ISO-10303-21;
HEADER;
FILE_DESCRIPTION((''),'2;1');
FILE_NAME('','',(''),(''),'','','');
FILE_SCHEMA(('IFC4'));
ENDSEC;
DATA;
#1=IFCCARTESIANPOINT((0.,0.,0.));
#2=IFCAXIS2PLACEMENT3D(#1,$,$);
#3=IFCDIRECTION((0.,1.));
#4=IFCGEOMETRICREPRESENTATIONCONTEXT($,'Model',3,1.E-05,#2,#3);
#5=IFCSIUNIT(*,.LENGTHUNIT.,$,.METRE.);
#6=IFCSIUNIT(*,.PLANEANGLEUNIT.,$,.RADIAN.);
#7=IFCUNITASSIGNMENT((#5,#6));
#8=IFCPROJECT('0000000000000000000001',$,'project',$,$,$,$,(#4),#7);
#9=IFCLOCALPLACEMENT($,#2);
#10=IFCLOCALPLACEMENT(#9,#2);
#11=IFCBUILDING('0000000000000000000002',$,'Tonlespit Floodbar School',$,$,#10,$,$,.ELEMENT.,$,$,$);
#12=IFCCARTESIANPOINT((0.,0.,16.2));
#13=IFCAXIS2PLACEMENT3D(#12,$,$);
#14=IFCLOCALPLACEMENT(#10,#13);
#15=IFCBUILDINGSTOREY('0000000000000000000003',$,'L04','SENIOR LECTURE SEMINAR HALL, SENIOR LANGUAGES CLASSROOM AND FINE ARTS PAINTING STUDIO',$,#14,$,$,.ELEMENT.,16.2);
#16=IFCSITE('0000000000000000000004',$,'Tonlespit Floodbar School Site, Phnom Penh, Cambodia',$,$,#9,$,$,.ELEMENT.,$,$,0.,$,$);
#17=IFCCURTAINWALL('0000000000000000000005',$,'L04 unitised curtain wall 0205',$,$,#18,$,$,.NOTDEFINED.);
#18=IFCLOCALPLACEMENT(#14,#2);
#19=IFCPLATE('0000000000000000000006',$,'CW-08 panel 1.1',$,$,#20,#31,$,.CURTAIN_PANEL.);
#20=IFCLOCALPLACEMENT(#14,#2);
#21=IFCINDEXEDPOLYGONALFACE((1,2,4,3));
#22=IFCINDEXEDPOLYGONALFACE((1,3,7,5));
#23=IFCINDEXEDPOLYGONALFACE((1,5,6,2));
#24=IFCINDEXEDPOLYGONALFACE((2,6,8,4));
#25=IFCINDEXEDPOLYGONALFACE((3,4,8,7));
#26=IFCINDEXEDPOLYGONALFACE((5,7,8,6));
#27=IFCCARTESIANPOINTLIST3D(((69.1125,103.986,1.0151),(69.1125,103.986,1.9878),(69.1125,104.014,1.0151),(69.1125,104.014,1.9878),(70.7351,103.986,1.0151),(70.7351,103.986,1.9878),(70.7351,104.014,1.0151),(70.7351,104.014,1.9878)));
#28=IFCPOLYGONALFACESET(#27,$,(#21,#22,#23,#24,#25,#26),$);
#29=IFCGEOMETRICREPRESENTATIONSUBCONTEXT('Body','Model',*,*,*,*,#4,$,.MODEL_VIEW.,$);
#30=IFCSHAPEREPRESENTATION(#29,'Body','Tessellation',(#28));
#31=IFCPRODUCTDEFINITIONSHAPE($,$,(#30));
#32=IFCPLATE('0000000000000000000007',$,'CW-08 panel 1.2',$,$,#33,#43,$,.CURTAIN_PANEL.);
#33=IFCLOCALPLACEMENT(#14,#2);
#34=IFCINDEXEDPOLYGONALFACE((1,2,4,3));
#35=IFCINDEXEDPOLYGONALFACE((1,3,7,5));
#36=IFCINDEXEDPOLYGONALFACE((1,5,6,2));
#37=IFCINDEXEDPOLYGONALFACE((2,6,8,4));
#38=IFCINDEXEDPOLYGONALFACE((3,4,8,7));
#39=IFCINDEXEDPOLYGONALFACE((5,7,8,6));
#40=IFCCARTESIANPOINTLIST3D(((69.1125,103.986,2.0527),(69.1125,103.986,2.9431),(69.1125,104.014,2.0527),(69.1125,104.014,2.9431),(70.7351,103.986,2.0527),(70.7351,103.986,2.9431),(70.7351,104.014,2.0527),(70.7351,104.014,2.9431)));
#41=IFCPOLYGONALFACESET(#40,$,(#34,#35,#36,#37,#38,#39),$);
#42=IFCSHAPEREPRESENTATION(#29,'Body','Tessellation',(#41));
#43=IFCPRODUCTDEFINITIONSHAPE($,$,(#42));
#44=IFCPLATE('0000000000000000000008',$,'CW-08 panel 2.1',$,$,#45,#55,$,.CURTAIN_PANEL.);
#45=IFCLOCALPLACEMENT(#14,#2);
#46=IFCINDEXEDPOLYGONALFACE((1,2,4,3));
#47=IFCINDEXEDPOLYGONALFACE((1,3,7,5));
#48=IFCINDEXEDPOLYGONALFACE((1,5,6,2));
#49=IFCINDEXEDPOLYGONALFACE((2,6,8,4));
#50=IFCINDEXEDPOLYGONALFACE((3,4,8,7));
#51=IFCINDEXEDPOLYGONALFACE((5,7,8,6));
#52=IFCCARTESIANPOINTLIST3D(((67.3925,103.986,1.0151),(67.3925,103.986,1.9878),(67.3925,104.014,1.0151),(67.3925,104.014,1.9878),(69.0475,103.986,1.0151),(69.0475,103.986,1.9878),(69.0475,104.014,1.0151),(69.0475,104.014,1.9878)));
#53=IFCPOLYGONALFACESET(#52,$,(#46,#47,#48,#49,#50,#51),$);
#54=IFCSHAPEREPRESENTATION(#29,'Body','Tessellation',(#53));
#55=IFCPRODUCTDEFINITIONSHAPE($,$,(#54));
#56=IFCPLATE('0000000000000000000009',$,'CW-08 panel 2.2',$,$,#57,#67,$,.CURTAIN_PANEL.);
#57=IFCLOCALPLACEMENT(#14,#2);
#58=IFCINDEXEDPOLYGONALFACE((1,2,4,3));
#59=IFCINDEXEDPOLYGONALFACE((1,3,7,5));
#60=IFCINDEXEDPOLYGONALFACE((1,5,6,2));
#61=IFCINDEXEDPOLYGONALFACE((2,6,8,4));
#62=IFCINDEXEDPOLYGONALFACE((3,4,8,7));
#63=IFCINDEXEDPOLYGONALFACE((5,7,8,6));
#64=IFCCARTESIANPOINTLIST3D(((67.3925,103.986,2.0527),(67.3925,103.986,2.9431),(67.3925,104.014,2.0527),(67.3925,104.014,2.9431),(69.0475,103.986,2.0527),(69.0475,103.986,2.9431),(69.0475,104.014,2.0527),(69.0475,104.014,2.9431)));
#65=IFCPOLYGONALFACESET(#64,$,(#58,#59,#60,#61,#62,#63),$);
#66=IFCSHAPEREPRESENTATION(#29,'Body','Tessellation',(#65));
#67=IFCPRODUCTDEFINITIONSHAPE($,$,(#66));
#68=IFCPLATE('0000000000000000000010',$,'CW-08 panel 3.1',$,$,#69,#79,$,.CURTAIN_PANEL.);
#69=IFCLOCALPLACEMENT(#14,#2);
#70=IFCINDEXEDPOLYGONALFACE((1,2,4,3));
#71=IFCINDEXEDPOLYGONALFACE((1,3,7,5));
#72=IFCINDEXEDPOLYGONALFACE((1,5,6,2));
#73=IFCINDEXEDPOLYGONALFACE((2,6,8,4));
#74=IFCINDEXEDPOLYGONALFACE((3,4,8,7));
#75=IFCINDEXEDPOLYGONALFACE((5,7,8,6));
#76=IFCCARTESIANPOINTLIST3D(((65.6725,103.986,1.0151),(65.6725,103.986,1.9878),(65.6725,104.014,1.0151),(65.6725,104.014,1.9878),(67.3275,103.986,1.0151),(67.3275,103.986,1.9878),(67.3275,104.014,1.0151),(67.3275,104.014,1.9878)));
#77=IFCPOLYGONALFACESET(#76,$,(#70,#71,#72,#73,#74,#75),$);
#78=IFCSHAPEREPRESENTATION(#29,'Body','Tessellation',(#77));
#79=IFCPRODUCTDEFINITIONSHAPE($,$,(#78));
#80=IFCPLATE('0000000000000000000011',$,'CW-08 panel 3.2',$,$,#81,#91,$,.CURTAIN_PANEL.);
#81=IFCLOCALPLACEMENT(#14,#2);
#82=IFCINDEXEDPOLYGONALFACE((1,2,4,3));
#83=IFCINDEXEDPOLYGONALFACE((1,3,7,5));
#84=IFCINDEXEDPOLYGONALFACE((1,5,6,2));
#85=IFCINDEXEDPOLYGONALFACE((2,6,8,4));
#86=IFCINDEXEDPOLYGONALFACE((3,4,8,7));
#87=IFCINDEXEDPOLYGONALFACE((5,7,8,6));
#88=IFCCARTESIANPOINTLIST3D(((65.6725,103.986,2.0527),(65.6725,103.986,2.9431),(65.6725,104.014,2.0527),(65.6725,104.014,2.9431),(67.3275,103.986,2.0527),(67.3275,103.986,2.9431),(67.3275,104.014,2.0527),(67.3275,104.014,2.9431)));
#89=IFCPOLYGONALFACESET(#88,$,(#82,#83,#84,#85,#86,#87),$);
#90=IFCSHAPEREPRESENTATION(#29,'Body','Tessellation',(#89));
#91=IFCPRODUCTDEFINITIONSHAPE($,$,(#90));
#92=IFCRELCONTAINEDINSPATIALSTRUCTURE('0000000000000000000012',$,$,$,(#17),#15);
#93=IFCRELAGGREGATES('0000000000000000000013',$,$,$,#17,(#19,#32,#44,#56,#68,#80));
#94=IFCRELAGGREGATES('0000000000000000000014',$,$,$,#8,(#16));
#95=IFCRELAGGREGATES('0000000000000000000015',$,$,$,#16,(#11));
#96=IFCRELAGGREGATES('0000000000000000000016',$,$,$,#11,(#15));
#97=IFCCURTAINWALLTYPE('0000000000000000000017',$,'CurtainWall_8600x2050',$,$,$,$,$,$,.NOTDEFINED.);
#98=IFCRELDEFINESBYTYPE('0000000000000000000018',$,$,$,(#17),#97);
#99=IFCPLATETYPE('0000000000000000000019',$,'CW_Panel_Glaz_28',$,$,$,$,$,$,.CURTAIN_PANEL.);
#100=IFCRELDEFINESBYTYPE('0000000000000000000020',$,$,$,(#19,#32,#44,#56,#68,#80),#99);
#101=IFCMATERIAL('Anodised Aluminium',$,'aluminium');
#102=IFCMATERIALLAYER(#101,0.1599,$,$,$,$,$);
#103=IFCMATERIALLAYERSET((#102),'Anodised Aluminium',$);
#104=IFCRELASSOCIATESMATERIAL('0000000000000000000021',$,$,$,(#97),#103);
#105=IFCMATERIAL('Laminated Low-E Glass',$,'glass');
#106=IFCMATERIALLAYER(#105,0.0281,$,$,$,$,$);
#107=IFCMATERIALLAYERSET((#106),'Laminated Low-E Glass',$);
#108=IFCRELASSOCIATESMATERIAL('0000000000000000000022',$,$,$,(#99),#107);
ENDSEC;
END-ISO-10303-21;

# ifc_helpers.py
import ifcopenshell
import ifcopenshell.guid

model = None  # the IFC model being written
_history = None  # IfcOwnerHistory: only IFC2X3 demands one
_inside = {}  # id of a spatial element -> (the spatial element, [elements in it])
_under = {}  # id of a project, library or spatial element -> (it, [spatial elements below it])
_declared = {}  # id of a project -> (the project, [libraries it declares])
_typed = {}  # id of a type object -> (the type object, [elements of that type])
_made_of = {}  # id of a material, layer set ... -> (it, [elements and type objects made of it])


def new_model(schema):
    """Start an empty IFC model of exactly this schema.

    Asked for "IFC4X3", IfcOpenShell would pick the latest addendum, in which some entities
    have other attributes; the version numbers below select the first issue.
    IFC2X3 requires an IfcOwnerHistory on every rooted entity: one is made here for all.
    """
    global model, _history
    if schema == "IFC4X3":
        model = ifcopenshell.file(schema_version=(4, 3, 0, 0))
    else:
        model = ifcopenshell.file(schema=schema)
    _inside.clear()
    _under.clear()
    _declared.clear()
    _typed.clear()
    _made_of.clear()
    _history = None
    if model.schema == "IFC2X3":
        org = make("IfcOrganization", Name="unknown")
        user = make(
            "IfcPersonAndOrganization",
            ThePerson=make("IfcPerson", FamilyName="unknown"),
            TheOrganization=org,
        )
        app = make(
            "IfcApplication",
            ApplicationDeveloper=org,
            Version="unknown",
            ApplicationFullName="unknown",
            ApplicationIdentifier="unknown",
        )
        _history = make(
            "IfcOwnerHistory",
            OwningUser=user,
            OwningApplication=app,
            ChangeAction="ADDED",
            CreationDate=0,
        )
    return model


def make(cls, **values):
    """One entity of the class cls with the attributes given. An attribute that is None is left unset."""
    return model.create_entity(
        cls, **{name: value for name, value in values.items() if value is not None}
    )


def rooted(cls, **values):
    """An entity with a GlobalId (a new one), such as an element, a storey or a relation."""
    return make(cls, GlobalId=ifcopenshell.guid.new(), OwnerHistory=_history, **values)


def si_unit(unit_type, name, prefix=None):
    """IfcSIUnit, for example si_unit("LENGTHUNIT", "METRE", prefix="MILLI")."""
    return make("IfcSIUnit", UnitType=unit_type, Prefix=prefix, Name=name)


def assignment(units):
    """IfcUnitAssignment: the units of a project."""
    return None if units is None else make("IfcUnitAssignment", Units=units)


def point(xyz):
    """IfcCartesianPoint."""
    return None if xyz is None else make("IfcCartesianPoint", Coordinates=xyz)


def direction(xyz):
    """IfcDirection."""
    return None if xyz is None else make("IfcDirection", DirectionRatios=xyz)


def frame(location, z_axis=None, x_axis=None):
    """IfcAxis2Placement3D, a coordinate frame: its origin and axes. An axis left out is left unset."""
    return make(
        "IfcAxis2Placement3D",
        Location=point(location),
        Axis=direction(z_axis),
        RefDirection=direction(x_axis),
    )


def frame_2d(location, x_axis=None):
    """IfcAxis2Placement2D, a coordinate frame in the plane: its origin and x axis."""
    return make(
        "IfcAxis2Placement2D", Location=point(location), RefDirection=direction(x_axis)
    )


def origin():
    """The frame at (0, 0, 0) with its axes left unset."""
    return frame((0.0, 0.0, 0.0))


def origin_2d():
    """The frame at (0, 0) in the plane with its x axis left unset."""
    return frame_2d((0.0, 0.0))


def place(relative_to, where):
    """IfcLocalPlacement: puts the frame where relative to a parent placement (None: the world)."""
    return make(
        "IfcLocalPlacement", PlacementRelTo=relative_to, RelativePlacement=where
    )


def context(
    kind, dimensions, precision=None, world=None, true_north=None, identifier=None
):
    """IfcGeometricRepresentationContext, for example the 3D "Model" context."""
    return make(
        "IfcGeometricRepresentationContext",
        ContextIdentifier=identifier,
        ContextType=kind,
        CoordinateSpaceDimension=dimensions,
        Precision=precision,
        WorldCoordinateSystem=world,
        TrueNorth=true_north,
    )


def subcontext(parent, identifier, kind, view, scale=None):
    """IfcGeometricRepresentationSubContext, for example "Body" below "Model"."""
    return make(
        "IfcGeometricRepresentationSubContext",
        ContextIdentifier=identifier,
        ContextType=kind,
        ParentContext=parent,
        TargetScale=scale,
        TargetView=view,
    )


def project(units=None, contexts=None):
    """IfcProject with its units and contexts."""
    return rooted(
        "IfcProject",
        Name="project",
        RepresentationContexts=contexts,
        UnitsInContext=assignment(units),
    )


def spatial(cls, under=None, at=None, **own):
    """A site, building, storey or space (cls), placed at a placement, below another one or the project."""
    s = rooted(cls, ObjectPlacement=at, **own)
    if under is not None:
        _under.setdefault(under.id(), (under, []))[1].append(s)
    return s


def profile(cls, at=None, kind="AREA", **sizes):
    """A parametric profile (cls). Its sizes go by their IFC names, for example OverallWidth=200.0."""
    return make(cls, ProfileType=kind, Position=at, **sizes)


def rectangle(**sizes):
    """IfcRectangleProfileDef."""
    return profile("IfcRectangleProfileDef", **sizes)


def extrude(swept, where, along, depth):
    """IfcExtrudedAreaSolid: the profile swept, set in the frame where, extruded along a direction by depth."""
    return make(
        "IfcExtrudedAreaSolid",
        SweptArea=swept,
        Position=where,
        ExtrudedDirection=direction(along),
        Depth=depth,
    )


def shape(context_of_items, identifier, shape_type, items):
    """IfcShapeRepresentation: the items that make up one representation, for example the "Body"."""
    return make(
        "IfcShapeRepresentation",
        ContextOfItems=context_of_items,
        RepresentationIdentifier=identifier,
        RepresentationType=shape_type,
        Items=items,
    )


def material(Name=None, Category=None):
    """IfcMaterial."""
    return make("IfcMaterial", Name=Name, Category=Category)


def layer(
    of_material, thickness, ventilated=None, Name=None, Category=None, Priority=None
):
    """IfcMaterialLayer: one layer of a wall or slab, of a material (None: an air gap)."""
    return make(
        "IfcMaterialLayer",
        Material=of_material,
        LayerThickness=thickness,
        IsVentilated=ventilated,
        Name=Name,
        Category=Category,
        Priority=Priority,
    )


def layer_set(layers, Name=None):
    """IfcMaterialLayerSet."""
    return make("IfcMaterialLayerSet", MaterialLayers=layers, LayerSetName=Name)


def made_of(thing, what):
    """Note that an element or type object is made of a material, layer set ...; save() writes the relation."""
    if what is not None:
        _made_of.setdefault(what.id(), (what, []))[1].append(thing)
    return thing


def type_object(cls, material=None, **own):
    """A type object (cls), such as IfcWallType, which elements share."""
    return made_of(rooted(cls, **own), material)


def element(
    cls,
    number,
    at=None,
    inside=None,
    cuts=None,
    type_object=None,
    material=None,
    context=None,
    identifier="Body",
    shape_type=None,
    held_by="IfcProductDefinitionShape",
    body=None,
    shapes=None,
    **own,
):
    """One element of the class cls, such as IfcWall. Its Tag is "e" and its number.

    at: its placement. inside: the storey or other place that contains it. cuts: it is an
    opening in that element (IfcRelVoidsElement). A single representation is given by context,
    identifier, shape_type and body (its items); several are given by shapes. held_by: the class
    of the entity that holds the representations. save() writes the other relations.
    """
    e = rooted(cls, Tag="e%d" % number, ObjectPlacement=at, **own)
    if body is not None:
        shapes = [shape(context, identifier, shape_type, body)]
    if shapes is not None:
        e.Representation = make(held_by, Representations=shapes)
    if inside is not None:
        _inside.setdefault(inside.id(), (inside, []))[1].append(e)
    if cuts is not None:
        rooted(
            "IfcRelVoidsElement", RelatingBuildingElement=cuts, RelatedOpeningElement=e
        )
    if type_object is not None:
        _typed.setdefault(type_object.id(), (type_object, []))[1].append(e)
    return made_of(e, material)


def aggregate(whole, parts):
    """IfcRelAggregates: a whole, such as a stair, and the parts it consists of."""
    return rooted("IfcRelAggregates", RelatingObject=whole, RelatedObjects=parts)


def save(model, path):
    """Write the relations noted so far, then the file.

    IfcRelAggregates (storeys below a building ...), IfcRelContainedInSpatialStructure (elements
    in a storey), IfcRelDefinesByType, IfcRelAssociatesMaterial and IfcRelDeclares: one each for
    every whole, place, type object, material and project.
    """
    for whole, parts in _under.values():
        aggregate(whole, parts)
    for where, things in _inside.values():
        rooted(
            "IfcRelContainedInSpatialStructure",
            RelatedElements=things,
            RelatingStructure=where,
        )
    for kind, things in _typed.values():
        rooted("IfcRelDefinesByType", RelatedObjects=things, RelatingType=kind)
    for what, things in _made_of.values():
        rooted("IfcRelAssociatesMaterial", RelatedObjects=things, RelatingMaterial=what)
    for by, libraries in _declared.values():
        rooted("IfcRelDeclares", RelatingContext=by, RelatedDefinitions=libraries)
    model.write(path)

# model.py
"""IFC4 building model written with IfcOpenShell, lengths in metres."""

from ifc_helpers import new_model, si_unit, direction, frame, origin, origin_2d, place, context, subcontext, project, spatial, rectangle, extrude, material, layer, layer_set, type_object, element, aggregate, save


model = new_model("IFC4")

# Units and contexts
model_context = context("Model", 3, precision=1e-05, world=origin(), true_north=direction((0.0, 1.0)))
body_context = subcontext(model_context, "Body", "Model", "MODEL_VIEW")
ifc_project = project(units=[si_unit("LENGTHUNIT", "METRE"), si_unit("PLANEANGLEUNIT", "RADIAN")], contexts=[model_context])

# Site, building, storey
site_placement = place(None, origin())
site = spatial("IfcSite", under=ifc_project, at=site_placement, Name="Tonlespit Floodbar School Site, Phnom Penh, Cambodia", CompositionType="ELEMENT", RefElevation=0.0)
building_placement = place(site_placement, origin())
building = spatial("IfcBuilding", under=site, at=building_placement, Name="Tonlespit Floodbar School", CompositionType="ELEMENT")
storey_placement = place(building_placement, frame((0.0, 0.0, 16.2)))
storey = spatial("IfcBuildingStorey", under=building, at=storey_placement, Name="L04", Description="SENIOR LECTURE SEMINAR HALL, SENIOR LANGUAGES CLASSROOM AND FINE ARTS PAINTING STUDIO", CompositionType="ELEMENT", Elevation=16.2)

# Curtain wall, plates
ifc_material_1 = material(Name="Anodised Aluminium", Category="aluminium")
ifc_layer_1 = layer(ifc_material_1, 0.1599)
ifc_layer_set_1 = layer_set([ifc_layer_1], Name="Anodised Aluminium")
curtain_wall_type = type_object("IfcCurtainWallType", Name="CurtainWall_8600x2050", PredefinedType="NOTDEFINED", material=ifc_layer_set_1)
curtain_wall_placement = place(storey_placement, origin())
curtain_wall = element("IfcCurtainWall", 1, at=curtain_wall_placement, inside=storey, type_object=curtain_wall_type, Name="L04 unitised curtain wall 0205", PredefinedType="NOTDEFINED")
ifc_material_2 = material(Name="Laminated Low-E Glass", Category="glass")
ifc_layer_2 = layer(ifc_material_2, 0.0281)
ifc_layer_set_2 = layer_set([ifc_layer_2], Name="Laminated Low-E Glass")
plate_type = type_object("IfcPlateType", Name="CW_Panel_Glaz_28", PredefinedType="CURTAIN_PANEL", material=ifc_layer_set_2)
plate_1_placement = place(storey_placement, frame((69.9238, 104.0, 1.0151), z_axis=(0.0, 0.0, 1.0), x_axis=(-1.0, 0.0, 0.0)))
plate_1 = element("IfcPlate", 2, at=plate_1_placement, type_object=plate_type, Name="CW-08 panel 1.1", PredefinedType="CURTAIN_PANEL", context=body_context, shape_type="SweptSolid", body=[
    extrude(rectangle(XDim=1.6226, YDim=0.0281, at=origin_2d()), origin(), (0.0, 0.0, 1.0), 0.9727),
])
plate_2_placement = place(storey_placement, frame((69.9238, 104.0, 2.0527), z_axis=(0.0, 0.0, 1.0), x_axis=(-1.0, 0.0, 0.0)))
plate_2 = element("IfcPlate", 3, at=plate_2_placement, type_object=plate_type, Name="CW-08 panel 1.2", PredefinedType="CURTAIN_PANEL", context=body_context, shape_type="SweptSolid", body=[
    extrude(rectangle(XDim=1.6226, YDim=0.0281, at=origin_2d()), origin(), (0.0, 0.0, 1.0), 0.8904),
])
plate_3_placement = place(storey_placement, frame((68.22, 104.0, 1.0151), z_axis=(0.0, 0.0, 1.0), x_axis=(-1.0, 0.0, 0.0)))
plate_3 = element("IfcPlate", 4, at=plate_3_placement, type_object=plate_type, Name="CW-08 panel 2.1", PredefinedType="CURTAIN_PANEL", context=body_context, shape_type="SweptSolid", body=[
    extrude(rectangle(XDim=1.655, YDim=0.0281, at=origin_2d()), origin(), (0.0, 0.0, 1.0), 0.9727),
])
plate_4_placement = place(storey_placement, frame((68.22, 104.0, 2.0527), z_axis=(0.0, 0.0, 1.0), x_axis=(-1.0, 0.0, 0.0)))
plate_4 = element("IfcPlate", 5, at=plate_4_placement, type_object=plate_type, Name="CW-08 panel 2.2", PredefinedType="CURTAIN_PANEL", context=body_context, shape_type="SweptSolid", body=[
    extrude(rectangle(XDim=1.655, YDim=0.0281, at=origin_2d()), origin(), (0.0, 0.0, 1.0), 0.8904),
])
plate_5_placement = place(storey_placement, frame((66.5, 104.0, 1.0151), z_axis=(0.0, 0.0, 1.0), x_axis=(-1.0, 0.0, 0.0)))
plate_5 = element("IfcPlate", 6, at=plate_5_placement, type_object=plate_type, Name="CW-08 panel 3.1", PredefinedType="CURTAIN_PANEL", context=body_context, shape_type="SweptSolid", body=[
    extrude(rectangle(XDim=1.655, YDim=0.0281, at=origin_2d()), origin(), (0.0, 0.0, 1.0), 0.9727),
])
plate_6_placement = place(storey_placement, frame((66.5, 104.0, 2.0527), z_axis=(0.0, 0.0, 1.0), x_axis=(-1.0, 0.0, 0.0)))
plate_6 = element("IfcPlate", 7, at=plate_6_placement, type_object=plate_type, Name="CW-08 panel 3.2", PredefinedType="CURTAIN_PANEL", context=body_context, shape_type="SweptSolid", body=[
    extrude(rectangle(XDim=1.655, YDim=0.0281, at=origin_2d()), origin(), (0.0, 0.0, 1.0), 0.8904),
])
aggregate(curtain_wall, [plate_1, plate_2, plate_3, plate_4, plate_5, plate_6])

save(model, "model.ifc")
